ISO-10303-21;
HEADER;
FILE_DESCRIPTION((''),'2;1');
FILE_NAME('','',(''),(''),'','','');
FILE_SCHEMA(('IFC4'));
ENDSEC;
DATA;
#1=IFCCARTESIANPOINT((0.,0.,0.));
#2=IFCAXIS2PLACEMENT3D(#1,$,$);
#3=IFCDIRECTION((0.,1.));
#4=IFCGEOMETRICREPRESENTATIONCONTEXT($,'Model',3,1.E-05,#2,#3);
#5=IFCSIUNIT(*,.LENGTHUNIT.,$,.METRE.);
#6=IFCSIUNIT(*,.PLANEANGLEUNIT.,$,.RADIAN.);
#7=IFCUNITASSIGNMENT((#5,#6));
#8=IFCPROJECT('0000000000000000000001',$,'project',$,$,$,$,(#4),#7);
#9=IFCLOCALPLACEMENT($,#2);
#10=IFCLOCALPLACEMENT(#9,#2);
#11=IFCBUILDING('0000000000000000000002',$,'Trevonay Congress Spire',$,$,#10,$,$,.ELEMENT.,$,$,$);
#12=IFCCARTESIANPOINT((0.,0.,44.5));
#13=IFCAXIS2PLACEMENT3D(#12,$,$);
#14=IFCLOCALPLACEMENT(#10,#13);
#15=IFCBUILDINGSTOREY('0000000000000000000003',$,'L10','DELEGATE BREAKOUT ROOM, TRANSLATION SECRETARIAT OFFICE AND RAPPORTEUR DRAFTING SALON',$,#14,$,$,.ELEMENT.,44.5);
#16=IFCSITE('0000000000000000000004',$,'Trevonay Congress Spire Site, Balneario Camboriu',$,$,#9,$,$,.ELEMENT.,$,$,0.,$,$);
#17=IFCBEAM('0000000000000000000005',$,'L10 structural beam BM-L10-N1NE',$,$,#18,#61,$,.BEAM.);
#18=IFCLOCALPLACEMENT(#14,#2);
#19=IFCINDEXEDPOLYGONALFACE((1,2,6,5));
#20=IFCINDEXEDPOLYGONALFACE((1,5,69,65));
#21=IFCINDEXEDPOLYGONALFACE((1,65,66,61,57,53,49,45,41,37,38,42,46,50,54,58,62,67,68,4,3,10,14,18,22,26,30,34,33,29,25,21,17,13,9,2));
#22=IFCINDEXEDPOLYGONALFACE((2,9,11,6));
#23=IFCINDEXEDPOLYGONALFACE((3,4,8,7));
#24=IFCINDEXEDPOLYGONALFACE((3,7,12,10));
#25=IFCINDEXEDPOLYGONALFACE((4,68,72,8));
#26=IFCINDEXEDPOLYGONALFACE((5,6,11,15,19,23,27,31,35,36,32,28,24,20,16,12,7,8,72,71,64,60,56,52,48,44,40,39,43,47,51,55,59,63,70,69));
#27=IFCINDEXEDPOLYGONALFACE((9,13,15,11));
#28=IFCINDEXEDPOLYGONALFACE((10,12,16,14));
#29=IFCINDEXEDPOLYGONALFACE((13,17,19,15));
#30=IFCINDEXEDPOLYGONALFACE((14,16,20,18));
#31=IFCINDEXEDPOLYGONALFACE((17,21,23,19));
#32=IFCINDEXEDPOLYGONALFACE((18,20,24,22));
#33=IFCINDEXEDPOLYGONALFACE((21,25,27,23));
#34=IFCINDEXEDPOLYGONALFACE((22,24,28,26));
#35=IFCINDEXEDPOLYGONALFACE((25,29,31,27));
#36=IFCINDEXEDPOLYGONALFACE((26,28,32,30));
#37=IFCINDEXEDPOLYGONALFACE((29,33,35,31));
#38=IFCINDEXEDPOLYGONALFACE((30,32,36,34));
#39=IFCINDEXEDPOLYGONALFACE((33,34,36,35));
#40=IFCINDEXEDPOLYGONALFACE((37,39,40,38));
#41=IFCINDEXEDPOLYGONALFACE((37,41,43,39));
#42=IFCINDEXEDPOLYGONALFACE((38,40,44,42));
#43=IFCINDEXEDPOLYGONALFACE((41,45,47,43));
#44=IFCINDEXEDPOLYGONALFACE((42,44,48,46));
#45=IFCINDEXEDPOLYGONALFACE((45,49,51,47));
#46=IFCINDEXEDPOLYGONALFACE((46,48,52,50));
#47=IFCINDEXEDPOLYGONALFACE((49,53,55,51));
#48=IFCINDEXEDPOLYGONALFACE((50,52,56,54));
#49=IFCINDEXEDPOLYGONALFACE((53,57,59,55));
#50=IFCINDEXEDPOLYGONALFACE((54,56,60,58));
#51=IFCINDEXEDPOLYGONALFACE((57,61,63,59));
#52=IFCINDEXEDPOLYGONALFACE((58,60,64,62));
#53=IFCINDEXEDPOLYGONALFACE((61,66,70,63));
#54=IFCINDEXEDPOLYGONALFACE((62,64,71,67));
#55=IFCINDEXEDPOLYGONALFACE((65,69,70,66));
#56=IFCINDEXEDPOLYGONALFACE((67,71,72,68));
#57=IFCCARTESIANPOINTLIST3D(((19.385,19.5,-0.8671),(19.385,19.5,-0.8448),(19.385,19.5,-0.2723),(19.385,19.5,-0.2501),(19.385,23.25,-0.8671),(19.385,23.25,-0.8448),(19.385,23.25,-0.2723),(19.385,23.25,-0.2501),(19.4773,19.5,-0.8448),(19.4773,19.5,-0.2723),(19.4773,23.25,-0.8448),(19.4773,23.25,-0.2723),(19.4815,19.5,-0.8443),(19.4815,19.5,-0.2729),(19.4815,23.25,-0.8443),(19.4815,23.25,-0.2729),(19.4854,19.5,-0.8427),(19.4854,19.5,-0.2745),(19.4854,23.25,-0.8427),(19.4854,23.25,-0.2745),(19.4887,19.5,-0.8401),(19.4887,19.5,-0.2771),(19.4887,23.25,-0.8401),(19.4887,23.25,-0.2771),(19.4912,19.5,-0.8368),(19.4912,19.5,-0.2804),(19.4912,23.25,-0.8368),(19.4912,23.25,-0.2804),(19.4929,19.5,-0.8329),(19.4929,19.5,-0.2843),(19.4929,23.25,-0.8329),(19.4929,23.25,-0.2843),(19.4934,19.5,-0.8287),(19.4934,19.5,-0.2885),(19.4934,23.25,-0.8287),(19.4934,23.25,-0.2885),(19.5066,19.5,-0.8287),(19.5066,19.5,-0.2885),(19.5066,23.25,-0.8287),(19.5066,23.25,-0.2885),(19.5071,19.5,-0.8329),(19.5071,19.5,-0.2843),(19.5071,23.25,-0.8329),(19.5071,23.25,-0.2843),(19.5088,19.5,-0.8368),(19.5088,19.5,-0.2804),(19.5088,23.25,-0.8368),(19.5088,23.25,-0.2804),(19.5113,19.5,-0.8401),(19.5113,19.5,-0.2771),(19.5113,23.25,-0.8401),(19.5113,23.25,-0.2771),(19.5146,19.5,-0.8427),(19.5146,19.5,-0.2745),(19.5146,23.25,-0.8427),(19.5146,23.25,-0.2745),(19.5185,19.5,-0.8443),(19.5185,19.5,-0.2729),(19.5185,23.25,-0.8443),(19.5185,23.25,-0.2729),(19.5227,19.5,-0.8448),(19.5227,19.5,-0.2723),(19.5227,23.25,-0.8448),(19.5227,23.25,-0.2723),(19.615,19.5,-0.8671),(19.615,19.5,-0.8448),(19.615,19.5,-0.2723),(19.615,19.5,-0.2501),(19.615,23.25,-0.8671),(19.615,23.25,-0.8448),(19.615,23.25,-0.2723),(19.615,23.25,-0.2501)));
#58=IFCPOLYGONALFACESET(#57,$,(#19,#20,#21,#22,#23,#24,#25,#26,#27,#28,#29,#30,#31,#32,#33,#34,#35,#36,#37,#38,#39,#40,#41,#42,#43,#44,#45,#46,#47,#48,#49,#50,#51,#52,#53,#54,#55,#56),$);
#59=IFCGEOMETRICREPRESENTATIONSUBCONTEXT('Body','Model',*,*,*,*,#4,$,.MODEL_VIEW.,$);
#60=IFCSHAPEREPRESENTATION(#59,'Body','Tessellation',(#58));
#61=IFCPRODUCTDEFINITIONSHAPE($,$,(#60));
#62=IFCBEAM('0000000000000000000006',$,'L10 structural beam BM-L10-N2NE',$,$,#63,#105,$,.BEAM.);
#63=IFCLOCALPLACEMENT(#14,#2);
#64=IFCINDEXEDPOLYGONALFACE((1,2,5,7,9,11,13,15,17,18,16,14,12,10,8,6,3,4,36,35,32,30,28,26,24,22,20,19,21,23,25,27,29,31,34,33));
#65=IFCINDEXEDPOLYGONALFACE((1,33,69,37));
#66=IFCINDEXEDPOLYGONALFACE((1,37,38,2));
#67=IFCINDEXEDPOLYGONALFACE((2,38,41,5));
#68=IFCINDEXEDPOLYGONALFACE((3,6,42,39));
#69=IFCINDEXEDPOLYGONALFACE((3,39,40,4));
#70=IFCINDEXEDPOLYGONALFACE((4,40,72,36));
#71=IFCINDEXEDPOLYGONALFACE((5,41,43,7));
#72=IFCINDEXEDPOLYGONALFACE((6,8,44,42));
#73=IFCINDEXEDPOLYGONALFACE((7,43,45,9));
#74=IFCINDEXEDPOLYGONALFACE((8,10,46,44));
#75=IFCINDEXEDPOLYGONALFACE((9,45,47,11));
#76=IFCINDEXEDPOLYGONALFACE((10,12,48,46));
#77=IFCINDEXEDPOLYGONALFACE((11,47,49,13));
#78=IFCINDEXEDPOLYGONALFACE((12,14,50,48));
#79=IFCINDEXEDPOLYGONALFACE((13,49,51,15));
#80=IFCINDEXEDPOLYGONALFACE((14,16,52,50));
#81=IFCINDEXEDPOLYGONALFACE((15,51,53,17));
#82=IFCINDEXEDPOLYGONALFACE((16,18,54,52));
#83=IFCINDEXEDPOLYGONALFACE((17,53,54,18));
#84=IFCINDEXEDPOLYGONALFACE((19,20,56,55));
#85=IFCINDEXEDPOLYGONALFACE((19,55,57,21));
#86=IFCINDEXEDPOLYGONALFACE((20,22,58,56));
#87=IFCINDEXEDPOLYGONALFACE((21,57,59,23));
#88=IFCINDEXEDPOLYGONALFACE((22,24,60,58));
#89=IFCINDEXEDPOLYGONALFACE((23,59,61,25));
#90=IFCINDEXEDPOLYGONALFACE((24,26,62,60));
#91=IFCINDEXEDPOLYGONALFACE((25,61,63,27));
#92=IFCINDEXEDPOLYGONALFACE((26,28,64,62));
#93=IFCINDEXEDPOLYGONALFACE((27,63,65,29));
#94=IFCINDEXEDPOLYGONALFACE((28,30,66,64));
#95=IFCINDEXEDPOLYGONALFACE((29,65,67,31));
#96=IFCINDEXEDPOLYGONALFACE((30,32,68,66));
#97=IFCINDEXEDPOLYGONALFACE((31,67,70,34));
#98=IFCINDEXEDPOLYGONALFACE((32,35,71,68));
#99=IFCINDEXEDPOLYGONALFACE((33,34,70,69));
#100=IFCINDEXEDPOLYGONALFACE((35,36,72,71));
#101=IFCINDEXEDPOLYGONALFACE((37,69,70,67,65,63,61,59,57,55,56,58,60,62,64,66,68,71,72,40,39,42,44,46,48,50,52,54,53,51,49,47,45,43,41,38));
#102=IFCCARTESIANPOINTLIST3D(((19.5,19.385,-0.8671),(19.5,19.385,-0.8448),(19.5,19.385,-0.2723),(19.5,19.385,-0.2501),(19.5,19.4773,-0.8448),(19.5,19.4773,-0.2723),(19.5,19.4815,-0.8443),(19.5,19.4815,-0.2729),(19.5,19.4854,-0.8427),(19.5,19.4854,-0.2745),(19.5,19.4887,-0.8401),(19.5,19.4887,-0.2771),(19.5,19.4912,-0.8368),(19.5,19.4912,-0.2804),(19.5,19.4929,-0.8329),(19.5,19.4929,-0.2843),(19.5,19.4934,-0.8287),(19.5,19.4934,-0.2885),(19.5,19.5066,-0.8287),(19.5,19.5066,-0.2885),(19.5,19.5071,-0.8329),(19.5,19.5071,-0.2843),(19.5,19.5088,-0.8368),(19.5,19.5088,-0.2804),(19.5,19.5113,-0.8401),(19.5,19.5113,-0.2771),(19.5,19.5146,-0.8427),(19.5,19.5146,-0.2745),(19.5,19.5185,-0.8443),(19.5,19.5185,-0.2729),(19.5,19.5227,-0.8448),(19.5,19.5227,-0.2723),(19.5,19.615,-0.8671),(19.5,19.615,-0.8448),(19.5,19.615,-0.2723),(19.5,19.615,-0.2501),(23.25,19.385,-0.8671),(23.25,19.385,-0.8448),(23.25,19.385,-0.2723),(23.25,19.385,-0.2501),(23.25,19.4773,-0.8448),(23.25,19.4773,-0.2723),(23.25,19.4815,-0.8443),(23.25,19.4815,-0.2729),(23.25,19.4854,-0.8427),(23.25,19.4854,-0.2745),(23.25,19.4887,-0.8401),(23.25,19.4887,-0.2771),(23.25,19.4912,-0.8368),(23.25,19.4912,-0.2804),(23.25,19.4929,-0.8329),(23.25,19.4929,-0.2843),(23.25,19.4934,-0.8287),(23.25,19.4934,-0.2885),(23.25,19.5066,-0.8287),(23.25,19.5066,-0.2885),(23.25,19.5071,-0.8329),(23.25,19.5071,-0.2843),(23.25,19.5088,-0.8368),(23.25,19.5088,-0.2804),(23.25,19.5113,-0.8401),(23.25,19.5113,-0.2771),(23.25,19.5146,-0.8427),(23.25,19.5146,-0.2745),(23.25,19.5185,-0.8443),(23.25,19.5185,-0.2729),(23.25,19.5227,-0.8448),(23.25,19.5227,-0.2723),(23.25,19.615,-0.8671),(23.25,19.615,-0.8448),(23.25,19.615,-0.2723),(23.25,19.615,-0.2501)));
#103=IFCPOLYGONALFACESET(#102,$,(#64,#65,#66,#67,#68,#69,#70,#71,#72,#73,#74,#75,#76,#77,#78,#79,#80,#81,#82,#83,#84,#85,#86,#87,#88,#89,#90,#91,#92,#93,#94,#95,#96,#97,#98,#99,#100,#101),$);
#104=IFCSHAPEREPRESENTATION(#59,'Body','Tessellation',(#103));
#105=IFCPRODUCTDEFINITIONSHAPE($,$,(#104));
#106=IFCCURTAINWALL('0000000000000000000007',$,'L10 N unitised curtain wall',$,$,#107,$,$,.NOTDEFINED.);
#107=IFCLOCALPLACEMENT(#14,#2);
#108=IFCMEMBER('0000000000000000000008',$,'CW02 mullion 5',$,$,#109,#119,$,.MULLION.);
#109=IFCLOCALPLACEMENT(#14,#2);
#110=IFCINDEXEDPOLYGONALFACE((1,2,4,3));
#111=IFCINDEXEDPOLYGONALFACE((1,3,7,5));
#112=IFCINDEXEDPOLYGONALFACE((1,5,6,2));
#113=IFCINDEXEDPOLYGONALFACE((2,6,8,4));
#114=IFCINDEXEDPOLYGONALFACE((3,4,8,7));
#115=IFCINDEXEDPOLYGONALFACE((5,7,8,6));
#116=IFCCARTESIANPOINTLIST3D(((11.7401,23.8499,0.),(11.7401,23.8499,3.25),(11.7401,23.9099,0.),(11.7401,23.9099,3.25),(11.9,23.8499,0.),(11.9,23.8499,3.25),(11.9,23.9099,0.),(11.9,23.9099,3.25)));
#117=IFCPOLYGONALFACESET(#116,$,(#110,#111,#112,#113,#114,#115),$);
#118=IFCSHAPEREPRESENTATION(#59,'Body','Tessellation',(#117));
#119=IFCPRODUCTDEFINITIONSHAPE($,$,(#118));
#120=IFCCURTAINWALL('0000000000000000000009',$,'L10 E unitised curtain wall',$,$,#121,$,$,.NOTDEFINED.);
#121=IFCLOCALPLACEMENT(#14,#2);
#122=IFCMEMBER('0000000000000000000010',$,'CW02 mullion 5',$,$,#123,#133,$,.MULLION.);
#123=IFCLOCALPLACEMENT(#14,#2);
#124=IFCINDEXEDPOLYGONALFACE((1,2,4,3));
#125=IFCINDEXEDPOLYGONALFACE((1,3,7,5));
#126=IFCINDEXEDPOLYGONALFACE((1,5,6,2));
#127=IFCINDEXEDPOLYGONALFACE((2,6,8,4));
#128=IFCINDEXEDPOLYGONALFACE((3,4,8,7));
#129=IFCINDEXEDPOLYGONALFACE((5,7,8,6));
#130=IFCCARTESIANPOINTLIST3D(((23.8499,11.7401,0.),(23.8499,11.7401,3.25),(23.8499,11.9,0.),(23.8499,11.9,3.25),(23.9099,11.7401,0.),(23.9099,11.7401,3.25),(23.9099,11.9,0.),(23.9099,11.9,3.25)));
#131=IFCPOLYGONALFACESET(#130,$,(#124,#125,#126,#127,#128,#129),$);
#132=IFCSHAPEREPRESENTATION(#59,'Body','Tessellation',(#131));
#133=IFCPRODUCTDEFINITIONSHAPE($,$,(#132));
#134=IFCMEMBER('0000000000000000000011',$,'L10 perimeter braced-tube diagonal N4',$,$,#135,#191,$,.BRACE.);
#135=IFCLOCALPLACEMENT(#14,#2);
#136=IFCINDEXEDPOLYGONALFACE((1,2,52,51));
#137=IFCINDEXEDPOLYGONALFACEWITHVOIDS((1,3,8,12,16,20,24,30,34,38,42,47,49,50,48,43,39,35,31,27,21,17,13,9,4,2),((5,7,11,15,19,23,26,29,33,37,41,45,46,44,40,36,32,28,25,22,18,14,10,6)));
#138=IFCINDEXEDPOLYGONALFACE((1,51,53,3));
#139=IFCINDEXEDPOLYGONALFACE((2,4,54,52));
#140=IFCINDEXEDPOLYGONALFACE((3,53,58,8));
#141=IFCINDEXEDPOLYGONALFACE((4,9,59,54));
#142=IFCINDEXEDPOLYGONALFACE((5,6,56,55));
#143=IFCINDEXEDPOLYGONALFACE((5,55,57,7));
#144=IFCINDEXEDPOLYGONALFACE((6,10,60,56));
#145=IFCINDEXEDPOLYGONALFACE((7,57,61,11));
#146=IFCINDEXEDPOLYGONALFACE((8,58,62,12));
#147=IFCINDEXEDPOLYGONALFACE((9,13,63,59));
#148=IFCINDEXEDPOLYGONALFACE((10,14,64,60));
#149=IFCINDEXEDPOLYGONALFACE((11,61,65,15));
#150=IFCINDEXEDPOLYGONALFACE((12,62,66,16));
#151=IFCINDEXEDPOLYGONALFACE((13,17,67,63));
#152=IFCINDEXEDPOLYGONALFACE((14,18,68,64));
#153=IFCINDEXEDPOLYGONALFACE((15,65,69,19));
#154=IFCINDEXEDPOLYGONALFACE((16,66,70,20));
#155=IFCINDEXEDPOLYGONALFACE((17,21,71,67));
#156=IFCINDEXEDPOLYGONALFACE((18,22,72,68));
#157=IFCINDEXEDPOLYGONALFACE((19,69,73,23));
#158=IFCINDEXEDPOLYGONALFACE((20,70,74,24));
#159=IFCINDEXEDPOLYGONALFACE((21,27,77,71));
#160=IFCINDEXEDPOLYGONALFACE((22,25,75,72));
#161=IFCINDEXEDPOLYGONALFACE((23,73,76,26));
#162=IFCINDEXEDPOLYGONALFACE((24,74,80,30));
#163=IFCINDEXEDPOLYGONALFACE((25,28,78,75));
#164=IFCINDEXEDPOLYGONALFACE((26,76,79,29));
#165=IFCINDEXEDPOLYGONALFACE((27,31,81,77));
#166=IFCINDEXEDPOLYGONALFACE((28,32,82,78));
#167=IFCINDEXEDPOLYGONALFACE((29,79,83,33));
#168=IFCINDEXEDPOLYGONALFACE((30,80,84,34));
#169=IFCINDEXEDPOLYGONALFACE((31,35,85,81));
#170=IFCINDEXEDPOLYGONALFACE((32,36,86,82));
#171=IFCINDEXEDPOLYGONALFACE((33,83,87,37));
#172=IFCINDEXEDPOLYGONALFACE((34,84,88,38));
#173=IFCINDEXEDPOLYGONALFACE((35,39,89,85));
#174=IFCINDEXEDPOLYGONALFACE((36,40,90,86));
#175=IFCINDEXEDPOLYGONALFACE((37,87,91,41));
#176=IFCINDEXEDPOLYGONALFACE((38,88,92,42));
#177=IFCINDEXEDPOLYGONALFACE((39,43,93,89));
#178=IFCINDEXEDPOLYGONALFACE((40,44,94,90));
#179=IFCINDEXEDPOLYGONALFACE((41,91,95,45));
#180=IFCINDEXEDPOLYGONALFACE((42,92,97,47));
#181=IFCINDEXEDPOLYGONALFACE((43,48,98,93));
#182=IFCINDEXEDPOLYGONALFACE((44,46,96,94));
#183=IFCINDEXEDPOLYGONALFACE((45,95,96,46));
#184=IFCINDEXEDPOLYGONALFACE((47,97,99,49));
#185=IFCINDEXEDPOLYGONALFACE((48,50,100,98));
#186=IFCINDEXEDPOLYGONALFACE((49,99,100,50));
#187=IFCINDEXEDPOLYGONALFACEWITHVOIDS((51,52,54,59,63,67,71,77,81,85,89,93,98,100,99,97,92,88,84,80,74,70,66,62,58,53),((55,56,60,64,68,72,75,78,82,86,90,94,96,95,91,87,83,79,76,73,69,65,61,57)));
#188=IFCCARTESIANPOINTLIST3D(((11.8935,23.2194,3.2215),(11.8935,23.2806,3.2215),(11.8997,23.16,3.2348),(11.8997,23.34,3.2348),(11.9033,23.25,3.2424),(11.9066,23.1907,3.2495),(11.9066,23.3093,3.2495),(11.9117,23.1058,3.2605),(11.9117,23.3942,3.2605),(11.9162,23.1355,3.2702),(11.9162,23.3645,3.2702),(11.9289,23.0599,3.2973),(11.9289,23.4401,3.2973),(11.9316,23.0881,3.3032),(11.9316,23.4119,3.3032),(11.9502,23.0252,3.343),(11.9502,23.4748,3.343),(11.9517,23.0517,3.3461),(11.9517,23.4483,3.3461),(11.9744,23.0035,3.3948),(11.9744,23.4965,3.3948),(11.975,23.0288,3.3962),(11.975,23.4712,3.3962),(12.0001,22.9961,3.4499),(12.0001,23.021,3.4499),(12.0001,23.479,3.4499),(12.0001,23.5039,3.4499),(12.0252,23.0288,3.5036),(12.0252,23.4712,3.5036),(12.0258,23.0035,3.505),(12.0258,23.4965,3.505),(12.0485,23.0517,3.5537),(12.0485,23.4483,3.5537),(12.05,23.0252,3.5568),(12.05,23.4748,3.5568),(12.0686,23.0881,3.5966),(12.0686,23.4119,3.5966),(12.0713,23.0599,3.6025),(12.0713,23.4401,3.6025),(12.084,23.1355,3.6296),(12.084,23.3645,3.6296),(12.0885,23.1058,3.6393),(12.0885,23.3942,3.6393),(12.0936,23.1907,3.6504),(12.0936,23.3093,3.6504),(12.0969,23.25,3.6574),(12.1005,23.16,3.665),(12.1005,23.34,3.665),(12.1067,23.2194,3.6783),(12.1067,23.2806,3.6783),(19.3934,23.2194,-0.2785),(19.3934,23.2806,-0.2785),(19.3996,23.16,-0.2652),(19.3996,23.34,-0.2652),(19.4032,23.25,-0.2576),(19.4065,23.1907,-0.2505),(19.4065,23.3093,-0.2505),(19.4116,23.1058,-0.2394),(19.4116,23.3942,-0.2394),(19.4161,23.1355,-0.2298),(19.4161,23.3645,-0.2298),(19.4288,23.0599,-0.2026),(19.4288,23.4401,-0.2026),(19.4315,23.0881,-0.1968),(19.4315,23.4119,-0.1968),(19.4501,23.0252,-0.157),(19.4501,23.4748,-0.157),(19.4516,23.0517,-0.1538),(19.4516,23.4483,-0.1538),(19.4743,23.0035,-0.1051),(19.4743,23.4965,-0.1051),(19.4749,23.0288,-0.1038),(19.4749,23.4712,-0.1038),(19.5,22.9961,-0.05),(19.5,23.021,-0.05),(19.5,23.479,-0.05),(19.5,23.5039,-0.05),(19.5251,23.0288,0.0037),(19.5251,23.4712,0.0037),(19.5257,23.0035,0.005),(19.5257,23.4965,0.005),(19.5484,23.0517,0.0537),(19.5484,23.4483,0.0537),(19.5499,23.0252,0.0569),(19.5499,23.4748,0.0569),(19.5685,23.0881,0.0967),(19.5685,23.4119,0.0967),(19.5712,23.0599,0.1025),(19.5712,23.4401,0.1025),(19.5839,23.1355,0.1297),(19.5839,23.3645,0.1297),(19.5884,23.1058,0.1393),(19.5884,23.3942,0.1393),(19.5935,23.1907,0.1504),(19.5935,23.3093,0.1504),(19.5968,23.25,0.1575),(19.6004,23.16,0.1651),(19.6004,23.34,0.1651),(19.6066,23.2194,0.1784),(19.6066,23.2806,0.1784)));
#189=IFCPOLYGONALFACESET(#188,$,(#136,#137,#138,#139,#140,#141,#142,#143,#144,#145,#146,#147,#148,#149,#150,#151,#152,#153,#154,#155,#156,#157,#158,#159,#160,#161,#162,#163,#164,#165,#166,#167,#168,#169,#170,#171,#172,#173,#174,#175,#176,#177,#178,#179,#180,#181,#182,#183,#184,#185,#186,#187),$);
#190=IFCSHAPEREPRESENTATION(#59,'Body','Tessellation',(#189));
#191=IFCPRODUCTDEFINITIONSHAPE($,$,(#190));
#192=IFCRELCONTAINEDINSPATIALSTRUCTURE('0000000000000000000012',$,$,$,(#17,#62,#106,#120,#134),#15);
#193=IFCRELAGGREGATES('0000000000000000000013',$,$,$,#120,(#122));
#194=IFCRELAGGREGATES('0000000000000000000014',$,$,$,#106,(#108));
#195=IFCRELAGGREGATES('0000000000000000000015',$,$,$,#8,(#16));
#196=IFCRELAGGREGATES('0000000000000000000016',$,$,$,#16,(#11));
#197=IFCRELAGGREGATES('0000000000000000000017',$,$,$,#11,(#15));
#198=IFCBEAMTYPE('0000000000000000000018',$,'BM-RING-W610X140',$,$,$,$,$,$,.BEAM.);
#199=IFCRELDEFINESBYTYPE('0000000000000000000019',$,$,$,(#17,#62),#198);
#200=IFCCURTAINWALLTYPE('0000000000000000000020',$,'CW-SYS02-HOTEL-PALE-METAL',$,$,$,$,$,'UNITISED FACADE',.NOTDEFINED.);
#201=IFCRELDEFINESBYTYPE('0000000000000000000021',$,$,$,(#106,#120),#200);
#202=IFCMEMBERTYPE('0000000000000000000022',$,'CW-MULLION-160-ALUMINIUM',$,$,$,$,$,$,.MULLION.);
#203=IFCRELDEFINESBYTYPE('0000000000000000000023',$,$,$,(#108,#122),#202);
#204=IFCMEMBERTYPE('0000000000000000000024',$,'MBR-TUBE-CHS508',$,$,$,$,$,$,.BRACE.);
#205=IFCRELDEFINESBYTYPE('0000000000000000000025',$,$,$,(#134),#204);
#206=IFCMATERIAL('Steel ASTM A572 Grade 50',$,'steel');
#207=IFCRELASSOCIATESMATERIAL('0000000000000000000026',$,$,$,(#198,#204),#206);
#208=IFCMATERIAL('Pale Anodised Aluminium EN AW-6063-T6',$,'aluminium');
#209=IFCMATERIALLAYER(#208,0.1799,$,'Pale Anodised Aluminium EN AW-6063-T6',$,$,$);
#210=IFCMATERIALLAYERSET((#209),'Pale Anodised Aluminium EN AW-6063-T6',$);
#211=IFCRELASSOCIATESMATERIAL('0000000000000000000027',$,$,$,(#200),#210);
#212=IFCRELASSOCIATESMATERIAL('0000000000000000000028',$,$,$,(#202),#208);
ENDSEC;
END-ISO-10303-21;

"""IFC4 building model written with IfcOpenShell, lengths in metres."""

from ifc_helpers import new_model, si_unit, direction, frame, origin, origin_2d, place, context, subcontext, project, spatial, rectangle, hollow_circle, i_section, extrude, material, layer, layer_set, material_profile, profile_set, type_object, element, aggregate, save


model = new_model("IFC4")

# Units and contexts
model_context = context("Model", 3, precision=1e-05, world=origin(), true_north=direction((0.0, 1.0)))
body_context = subcontext(model_context, "Body", "Model", "MODEL_VIEW")
ifc_project = project(units=[si_unit("LENGTHUNIT", "METRE"), si_unit("PLANEANGLEUNIT", "RADIAN")], contexts=[model_context])

# Site, building, storey
site_placement = place(None, origin())
site = spatial("IfcSite", under=ifc_project, at=site_placement, Name="Trevonay Congress Spire Site, Balneario Camboriu", CompositionType="ELEMENT", RefElevation=0.0)
building_placement = place(site_placement, origin())
building = spatial("IfcBuilding", under=site, at=building_placement, Name="Trevonay Congress Spire", CompositionType="ELEMENT")
storey_placement = place(building_placement, frame((0.0, 0.0, 44.5)))
storey = spatial("IfcBuildingStorey", under=building, at=storey_placement, Name="L10", Description="DELEGATE BREAKOUT ROOM, TRANSLATION SECRETARIAT OFFICE AND RAPPORTEUR DRAFTING SALON", CompositionType="ELEMENT", Elevation=44.5)

# Shared definitions
ifc_material_1 = material(Name="Steel ASTM A572 Grade 50", Category="steel")

# Beams
ifc_material_profile_1 = material_profile(ifc_material_1, i_section(OverallWidth=0.23, OverallDepth=0.6169, WebThickness=0.0132, FlangeThickness=0.0222, FilletRadius=0.0161, at=origin_2d()), Name="W610x140")
ifc_profile_set_1 = profile_set([ifc_material_profile_1], Name="Steel ASTM A572 Grade 50")
beam_type = type_object("IfcBeamType", Name="BM-RING-W610X140", PredefinedType="BEAM", material=ifc_profile_set_1)
for number, where, z_axis, x_axis, name in (
    (1, (19.5, 23.25, -0.5586), (0.0, -1.0, 0.0), (1.0, 0.0, 0.0), "L10 structural beam BM-L10-N1NE"),
    (2, (23.25, 19.5, -0.5586), (-1.0, 0.0, 0.0), (0.0, -1.0, 0.0), "L10 structural beam BM-L10-N2NE"),
):
    element("IfcBeam", number, at=place(storey_placement, frame(where, z_axis=z_axis, x_axis=x_axis)), inside=storey, type_object=beam_type, Name=name, PredefinedType="BEAM", context=body_context, shape_type="SweptSolid", body=[
        extrude(i_section(OverallWidth=0.23, OverallDepth=0.6169, WebThickness=0.0132, FlangeThickness=0.0222, FilletRadius=0.0161, at=origin_2d()), origin(), (0.0, 0.0, 1.0), 3.75),
    ])

# Curtain walls, members
ifc_material_2 = material(Name="Pale Anodised Aluminium EN AW-6063-T6", Category="aluminium")
ifc_layer_1 = layer(ifc_material_2, 0.1799, Name="Pale Anodised Aluminium EN AW-6063-T6")
ifc_layer_set_1 = layer_set([ifc_layer_1], Name="Pale Anodised Aluminium EN AW-6063-T6")
curtain_wall_type = type_object("IfcCurtainWallType", Name="CW-SYS02-HOTEL-PALE-METAL", ElementType="UNITISED FACADE", PredefinedType="NOTDEFINED", material=ifc_layer_set_1)
curtain_wall_1_placement = place(storey_placement, origin())
curtain_wall_1 = element("IfcCurtainWall", 3, at=curtain_wall_1_placement, inside=storey, type_object=curtain_wall_type, Name="L10 N unitised curtain wall", PredefinedType="NOTDEFINED")
ifc_material_profile_2 = material_profile(ifc_material_2, rectangle(XDim=0.0601, YDim=0.1599, at=origin_2d()), Name="CW-MULLION-160-ALUMINIUM")
ifc_profile_set_2 = profile_set([ifc_material_profile_2], Name="Pale Anodised Aluminium EN AW-6063-T6")
member_type_1 = type_object("IfcMemberType", Name="CW-MULLION-160-ALUMINIUM", PredefinedType="MULLION", material=ifc_profile_set_2)
member_1_placement = place(storey_placement, frame((11.8201, 23.8799, 0.0), z_axis=(0.0, 0.0, 1.0), x_axis=(0.0, 1.0, 0.0)))
member_1 = element("IfcMember", 4, at=member_1_placement, type_object=member_type_1, Name="CW02 mullion 5", PredefinedType="MULLION", context=body_context, shape_type="SweptSolid", body=[
    extrude(rectangle(XDim=0.0601, YDim=0.1599, at=origin_2d()), origin(), (0.0, 0.0, 1.0), 3.25),
])
curtain_wall_2_placement = place(storey_placement, origin())
curtain_wall_2 = element("IfcCurtainWall", 5, at=curtain_wall_2_placement, inside=storey, type_object=curtain_wall_type, Name="L10 E unitised curtain wall", PredefinedType="NOTDEFINED")
member_2_placement = place(storey_placement, frame((23.8799, 11.8201, 0.0), z_axis=(0.0, 0.0, 1.0), x_axis=(-1.0, 0.0, 0.0)))
member_2 = element("IfcMember", 6, at=member_2_placement, type_object=member_type_1, Name="CW02 mullion 5", PredefinedType="MULLION", context=body_context, shape_type="SweptSolid", body=[
    extrude(rectangle(XDim=0.0601, YDim=0.1599, at=origin_2d()), origin(), (0.0, 0.0, 1.0), 3.25),
])
aggregate(curtain_wall_2, [member_2])

# Member
ifc_material_profile_3 = material_profile(ifc_material_1, hollow_circle(Radius=0.2539, WallThickness=0.0249, at=origin_2d()), Name="CHS 508x25")
ifc_profile_set_3 = profile_set([ifc_material_profile_3], Name="Steel ASTM A572 Grade 50")
member_type_2 = type_object("IfcMemberType", Name="MBR-TUBE-CHS508", PredefinedType="BRACE", material=ifc_profile_set_3)
for number, where, z_axis, x_axis, name in (
    (7, (19.5, 23.25, -0.05), (-0.906183, 0.0, 0.422885), (0.0, -1.0, 0.0), "L10 perimeter braced-tube diagonal N4"),
):
    element("IfcMember", number, at=place(storey_placement, frame(where, z_axis=z_axis, x_axis=x_axis)), inside=storey, type_object=member_type_2, Name=name, PredefinedType="BRACE", context=body_context, shape_type="SweptSolid", body=[
        extrude(hollow_circle(Radius=0.2539, WallThickness=0.0249, at=origin_2d()), origin(), (0.0, 0.0, 1.0), 8.2764),
    ])

aggregate(curtain_wall_1, [member_1])

save(model, "model.ifc")
